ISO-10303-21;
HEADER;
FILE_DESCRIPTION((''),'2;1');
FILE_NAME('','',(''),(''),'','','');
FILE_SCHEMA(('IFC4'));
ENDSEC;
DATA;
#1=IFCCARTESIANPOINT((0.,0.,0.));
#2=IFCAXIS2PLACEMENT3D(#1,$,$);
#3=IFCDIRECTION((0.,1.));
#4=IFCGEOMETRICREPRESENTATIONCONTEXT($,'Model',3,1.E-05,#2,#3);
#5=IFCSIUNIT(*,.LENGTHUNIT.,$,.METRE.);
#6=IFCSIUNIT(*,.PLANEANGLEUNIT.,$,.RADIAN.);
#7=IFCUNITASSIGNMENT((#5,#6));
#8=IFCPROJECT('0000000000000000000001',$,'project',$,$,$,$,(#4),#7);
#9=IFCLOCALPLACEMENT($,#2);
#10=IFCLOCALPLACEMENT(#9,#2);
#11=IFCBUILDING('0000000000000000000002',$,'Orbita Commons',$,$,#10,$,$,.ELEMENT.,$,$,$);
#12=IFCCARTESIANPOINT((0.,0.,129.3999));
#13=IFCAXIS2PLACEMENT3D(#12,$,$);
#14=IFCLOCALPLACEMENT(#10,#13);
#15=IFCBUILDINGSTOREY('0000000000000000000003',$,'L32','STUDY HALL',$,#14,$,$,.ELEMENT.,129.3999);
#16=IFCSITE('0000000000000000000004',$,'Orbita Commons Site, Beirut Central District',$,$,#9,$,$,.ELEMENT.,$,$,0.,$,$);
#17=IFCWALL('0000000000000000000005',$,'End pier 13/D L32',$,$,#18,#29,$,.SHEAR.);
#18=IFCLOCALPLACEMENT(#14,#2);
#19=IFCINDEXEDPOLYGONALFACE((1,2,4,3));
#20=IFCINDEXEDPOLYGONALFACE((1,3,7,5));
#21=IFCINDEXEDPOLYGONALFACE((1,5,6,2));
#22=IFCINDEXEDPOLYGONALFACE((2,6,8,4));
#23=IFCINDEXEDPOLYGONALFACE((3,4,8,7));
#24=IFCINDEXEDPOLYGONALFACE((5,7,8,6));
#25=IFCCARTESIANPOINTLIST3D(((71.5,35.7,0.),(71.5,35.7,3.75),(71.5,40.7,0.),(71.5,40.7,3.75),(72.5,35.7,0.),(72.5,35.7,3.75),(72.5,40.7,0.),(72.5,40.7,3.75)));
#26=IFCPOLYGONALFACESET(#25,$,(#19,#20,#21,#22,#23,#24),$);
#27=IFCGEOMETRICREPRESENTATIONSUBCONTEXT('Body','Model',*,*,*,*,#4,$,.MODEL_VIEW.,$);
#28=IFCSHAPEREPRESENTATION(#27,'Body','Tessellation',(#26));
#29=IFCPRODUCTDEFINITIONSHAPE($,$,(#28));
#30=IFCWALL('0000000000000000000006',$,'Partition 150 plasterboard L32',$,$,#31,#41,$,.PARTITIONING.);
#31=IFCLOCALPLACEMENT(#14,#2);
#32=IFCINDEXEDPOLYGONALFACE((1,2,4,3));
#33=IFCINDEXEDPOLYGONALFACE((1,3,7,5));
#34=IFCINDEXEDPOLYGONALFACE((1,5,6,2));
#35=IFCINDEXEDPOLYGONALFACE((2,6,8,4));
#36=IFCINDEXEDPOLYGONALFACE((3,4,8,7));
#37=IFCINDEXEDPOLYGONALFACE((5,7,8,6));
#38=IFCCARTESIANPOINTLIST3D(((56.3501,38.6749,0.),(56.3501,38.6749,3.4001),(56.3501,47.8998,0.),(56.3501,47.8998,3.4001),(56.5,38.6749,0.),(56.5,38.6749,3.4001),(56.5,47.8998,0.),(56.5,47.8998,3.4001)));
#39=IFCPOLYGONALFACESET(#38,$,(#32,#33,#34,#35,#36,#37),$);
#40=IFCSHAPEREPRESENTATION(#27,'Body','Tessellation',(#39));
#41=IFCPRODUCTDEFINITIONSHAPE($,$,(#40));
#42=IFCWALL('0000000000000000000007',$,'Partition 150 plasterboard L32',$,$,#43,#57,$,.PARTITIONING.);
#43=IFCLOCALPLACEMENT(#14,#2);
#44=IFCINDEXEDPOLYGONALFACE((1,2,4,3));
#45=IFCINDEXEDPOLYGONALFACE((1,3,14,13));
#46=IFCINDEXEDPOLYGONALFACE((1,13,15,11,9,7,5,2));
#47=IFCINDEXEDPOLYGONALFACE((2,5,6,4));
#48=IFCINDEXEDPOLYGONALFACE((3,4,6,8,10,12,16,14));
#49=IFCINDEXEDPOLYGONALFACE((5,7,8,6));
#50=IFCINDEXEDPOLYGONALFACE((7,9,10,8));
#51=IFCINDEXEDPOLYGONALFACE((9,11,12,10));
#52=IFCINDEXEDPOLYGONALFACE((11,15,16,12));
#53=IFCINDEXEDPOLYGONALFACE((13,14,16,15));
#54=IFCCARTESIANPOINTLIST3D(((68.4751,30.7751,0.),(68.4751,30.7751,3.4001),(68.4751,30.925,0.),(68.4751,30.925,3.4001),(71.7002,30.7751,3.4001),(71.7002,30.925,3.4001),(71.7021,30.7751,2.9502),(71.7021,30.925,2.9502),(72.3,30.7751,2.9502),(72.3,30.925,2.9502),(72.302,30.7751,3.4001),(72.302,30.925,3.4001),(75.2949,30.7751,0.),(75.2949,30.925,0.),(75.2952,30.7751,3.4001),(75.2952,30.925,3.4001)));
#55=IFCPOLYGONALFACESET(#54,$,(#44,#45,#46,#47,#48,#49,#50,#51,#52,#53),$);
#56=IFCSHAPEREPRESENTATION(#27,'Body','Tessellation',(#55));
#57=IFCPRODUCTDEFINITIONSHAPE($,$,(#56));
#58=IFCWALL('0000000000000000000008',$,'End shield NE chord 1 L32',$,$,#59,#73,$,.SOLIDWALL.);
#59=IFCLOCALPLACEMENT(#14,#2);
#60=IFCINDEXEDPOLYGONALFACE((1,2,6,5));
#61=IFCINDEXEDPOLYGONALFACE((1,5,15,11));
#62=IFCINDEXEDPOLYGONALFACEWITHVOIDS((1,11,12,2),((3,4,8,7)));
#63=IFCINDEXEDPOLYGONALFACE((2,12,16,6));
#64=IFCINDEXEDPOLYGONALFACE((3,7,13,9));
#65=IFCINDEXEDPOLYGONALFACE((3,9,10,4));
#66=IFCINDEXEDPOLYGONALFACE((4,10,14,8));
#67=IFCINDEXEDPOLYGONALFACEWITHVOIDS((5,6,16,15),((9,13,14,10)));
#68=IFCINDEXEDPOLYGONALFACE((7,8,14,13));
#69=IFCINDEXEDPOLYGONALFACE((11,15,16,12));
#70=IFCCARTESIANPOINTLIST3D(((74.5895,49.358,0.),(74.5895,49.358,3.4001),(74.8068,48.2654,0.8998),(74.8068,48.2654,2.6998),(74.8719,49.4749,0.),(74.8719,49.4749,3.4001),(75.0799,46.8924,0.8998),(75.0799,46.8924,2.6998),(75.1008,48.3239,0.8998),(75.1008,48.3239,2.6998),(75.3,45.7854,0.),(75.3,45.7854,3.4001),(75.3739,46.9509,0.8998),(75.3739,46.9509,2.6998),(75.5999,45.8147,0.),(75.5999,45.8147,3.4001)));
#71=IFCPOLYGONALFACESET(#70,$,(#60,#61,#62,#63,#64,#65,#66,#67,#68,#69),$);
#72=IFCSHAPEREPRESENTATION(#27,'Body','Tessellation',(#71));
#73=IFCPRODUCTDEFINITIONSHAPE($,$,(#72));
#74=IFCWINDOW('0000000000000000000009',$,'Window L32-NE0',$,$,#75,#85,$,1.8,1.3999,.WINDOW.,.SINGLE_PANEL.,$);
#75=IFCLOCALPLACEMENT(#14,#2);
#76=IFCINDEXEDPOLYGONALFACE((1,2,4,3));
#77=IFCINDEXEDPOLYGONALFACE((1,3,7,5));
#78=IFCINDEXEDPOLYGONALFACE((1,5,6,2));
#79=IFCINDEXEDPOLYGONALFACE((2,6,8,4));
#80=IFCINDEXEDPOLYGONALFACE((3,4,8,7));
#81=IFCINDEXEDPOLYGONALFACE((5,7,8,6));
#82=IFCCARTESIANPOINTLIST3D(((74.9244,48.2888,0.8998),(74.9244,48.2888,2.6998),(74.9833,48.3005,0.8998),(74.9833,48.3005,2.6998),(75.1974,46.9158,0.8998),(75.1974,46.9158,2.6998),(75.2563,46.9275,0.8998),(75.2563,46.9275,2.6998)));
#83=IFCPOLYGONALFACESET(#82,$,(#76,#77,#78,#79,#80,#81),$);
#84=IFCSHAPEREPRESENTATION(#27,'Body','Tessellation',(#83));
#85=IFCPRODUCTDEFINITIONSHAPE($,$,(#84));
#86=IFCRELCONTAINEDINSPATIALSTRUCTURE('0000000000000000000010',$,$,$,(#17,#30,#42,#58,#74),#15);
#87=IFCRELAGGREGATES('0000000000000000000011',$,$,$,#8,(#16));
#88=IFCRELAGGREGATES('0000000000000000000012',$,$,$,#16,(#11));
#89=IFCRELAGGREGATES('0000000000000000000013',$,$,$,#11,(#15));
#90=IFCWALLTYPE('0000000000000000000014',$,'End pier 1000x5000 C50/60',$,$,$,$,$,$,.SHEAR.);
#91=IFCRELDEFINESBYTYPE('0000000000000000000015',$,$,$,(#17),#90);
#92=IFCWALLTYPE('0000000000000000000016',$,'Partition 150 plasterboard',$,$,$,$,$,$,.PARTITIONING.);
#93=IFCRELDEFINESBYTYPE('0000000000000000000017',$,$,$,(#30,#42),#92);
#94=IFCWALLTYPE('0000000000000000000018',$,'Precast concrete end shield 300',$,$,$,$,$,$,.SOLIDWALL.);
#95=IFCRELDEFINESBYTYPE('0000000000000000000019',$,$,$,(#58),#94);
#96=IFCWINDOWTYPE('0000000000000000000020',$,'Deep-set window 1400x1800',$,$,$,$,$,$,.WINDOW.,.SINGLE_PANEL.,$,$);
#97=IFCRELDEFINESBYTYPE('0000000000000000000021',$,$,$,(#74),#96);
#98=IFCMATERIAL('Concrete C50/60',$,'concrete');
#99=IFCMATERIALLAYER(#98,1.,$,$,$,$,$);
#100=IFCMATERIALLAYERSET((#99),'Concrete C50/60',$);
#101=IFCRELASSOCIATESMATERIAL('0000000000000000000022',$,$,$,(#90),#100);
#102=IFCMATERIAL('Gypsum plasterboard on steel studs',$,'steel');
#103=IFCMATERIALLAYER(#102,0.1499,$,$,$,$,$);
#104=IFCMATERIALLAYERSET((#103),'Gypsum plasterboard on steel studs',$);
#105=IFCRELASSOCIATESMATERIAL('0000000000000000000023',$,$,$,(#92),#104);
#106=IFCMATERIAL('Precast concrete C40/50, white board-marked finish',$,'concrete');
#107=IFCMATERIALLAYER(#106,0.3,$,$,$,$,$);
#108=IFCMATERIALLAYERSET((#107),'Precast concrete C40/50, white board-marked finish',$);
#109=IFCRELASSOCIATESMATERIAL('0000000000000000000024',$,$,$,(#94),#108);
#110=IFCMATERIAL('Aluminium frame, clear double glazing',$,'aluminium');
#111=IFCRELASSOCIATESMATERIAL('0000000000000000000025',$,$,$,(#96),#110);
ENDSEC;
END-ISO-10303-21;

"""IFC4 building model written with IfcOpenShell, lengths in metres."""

from ifc_helpers import new_model, si_unit, direction, frame, frame_2d, origin, place, context, subcontext, project, spatial, polyline, rectangle, outline, extrude, material, layer, layer_set, type_object, element, fill, save


model = new_model("IFC4")

# Units and contexts
model_context = context("Model", 3, precision=1e-05, world=origin(), true_north=direction((0.0, 1.0)))
body_context = subcontext(model_context, "Body", "Model", "MODEL_VIEW")
ifc_project = project(units=[si_unit("LENGTHUNIT", "METRE"), si_unit("PLANEANGLEUNIT", "RADIAN")], contexts=[model_context])

# Site, building, storey
site_placement = place(None, origin())
site = spatial("IfcSite", under=ifc_project, at=site_placement, Name="Orbita Commons Site, Beirut Central District", CompositionType="ELEMENT", RefElevation=0.0)
building_placement = place(site_placement, origin())
building = spatial("IfcBuilding", under=site, at=building_placement, Name="Orbita Commons", CompositionType="ELEMENT")
storey_placement = place(building_placement, frame((0.0, 0.0, 129.3999)))
storey = spatial("IfcBuildingStorey", under=building, at=storey_placement, Name="L32", Description="STUDY HALL", CompositionType="ELEMENT", Elevation=129.3999)

# Walls
ifc_material_1 = material(Name="Concrete C50/60", Category="concrete")
ifc_layer_1 = layer(ifc_material_1, 1.0)
ifc_layer_set_1 = layer_set([ifc_layer_1], Name="Concrete C50/60")
wall_type_1 = type_object("IfcWallType", Name="End pier 1000x5000 C50/60", PredefinedType="SHEAR", material=ifc_layer_set_1)
wall_1_placement = place(storey_placement, frame((72.0, 35.7, 0.0), z_axis=(0.0, 0.0, 1.0), x_axis=(0.0, 1.0, 0.0)))
element("IfcWall", 1, at=wall_1_placement, inside=storey, type_object=wall_type_1, Name="End pier 13/D L32", PredefinedType="SHEAR", context=body_context, shape_type="SweptSolid", body=[
    extrude(rectangle(XDim=5.0, YDim=1.0, at=frame_2d((2.5, 0.0))), origin(), (0.0, 0.0, 1.0), 3.75),
])
ifc_material_2 = material(Name="Gypsum plasterboard on steel studs", Category="steel")
ifc_layer_2 = layer(ifc_material_2, 0.1499)
ifc_layer_set_2 = layer_set([ifc_layer_2], Name="Gypsum plasterboard on steel studs")
wall_type_2 = type_object("IfcWallType", Name="Partition 150 plasterboard", PredefinedType="PARTITIONING", material=ifc_layer_set_2)
wall_2_placement = place(storey_placement, frame((56.425, 38.675, 0.0), z_axis=(0.0, 0.0, 1.0), x_axis=(0.0, 1.0, 0.0)))
element("IfcWall", 2, at=wall_2_placement, inside=storey, type_object=wall_type_2, Name="Partition 150 plasterboard L32", PredefinedType="PARTITIONING", context=body_context, shape_type="SweptSolid", body=[
    extrude(rectangle(XDim=9.2249, YDim=0.1499, at=frame_2d((4.6123, 0.0))), origin(), (0.0, 0.0, 1.0), 3.4001),
])
wall_3_placement = place(storey_placement, frame((68.4751, 30.8501, 0.0), z_axis=(0.0, 0.0, 1.0), x_axis=(1.0, 0.0, 0.0)))
element("IfcWall", 3, at=wall_3_placement, inside=storey, type_object=wall_type_2, Name="Partition 150 plasterboard L32", PredefinedType="PARTITIONING", context=body_context, shape_type="SweptSolid", body=[
    extrude(outline(polyline([(0.0, 0.0), (6.8198, 0.0), (6.8201, 3.4001), (3.8269, 3.4001), (3.825, 2.9502), (3.2271, 2.9502), (3.2251, 3.4001), (0.0, 3.4001), (0.0, 0.0)])), frame((0.0, 0.075, 0.0), z_axis=(0.0, -1.0, 0.0), x_axis=(1.0, 0.0, 0.0)), (0.0, 0.0, 1.0), 0.1499),
])

# Wall, opening, window
ifc_material_3 = material(Name="Precast concrete C40/50, white board-marked finish", Category="concrete")
ifc_layer_3 = layer(ifc_material_3, 0.3)
ifc_layer_set_3 = layer_set([ifc_layer_3], Name="Precast concrete C40/50, white board-marked finish")
wall_type_3 = type_object("IfcWallType", Name="Precast concrete end shield 300", PredefinedType="SOLIDWALL", material=ifc_layer_set_3)
wall_4_placement = place(storey_placement, frame((75.45, 45.8, 0.0), z_axis=(0.0, 0.0, 1.0), x_axis=(-0.195059, 0.980791, 0.0)))
wall_4 = element("IfcWall", 4, at=wall_4_placement, inside=storey, type_object=wall_type_3, Name="End shield NE chord 1 L32", PredefinedType="SOLIDWALL", context=body_context, shape_type="SweptSolid", body=[
    extrude(outline(polyline([(-0.0149, -0.1499), (3.717, -0.1499), (3.6575, 0.1499), (0.0149, 0.1499), (-0.0149, -0.1499)])), origin(), (0.0, 0.0, 1.0), 3.4001),
])
opening_1_placement = place(wall_4_placement, frame((1.1436, 0.0, 0.8999)))
opening_1 = element("IfcOpeningElement", 5, at=opening_1_placement, cuts=wall_4, PredefinedType="OPENING", context=body_context, shape_type="SweptSolid", body=[
    extrude(rectangle(XDim=1.3999, YDim=1.8, at=frame_2d((0.7, 0.8999))), frame((0.0, 0.1599, 0.0), z_axis=(0.0, -1.0, 0.0), x_axis=(1.0, 0.0, 0.0)), (0.0, 0.0, 1.0), 0.3201),
])
ifc_material_4 = material(Name="Aluminium frame, clear double glazing", Category="aluminium")
window_type = type_object("IfcWindowType", Name="Deep-set window 1400x1800", PartitioningType="SINGLE_PANEL", PredefinedType="WINDOW", material=ifc_material_4)
window_placement = place(opening_1_placement, origin())
window = element("IfcWindow", 6, at=window_placement, inside=storey, type_object=window_type, Name="Window L32-NE0", OverallHeight=1.8, OverallWidth=1.3999, PartitioningType="SINGLE_PANEL", PredefinedType="WINDOW", context=body_context, shape_type="SweptSolid", body=[
    extrude(rectangle(XDim=1.3999, YDim=1.8, at=frame_2d((0.7, 0.8999))), frame((0.0, 0.03, 0.0), z_axis=(0.0, -1.0, 0.0), x_axis=(1.0, 0.0, 0.0)), (0.0, 0.0, 1.0), 0.0601),
])
fill(opening_1, window)

save(model, "model.ifc")
